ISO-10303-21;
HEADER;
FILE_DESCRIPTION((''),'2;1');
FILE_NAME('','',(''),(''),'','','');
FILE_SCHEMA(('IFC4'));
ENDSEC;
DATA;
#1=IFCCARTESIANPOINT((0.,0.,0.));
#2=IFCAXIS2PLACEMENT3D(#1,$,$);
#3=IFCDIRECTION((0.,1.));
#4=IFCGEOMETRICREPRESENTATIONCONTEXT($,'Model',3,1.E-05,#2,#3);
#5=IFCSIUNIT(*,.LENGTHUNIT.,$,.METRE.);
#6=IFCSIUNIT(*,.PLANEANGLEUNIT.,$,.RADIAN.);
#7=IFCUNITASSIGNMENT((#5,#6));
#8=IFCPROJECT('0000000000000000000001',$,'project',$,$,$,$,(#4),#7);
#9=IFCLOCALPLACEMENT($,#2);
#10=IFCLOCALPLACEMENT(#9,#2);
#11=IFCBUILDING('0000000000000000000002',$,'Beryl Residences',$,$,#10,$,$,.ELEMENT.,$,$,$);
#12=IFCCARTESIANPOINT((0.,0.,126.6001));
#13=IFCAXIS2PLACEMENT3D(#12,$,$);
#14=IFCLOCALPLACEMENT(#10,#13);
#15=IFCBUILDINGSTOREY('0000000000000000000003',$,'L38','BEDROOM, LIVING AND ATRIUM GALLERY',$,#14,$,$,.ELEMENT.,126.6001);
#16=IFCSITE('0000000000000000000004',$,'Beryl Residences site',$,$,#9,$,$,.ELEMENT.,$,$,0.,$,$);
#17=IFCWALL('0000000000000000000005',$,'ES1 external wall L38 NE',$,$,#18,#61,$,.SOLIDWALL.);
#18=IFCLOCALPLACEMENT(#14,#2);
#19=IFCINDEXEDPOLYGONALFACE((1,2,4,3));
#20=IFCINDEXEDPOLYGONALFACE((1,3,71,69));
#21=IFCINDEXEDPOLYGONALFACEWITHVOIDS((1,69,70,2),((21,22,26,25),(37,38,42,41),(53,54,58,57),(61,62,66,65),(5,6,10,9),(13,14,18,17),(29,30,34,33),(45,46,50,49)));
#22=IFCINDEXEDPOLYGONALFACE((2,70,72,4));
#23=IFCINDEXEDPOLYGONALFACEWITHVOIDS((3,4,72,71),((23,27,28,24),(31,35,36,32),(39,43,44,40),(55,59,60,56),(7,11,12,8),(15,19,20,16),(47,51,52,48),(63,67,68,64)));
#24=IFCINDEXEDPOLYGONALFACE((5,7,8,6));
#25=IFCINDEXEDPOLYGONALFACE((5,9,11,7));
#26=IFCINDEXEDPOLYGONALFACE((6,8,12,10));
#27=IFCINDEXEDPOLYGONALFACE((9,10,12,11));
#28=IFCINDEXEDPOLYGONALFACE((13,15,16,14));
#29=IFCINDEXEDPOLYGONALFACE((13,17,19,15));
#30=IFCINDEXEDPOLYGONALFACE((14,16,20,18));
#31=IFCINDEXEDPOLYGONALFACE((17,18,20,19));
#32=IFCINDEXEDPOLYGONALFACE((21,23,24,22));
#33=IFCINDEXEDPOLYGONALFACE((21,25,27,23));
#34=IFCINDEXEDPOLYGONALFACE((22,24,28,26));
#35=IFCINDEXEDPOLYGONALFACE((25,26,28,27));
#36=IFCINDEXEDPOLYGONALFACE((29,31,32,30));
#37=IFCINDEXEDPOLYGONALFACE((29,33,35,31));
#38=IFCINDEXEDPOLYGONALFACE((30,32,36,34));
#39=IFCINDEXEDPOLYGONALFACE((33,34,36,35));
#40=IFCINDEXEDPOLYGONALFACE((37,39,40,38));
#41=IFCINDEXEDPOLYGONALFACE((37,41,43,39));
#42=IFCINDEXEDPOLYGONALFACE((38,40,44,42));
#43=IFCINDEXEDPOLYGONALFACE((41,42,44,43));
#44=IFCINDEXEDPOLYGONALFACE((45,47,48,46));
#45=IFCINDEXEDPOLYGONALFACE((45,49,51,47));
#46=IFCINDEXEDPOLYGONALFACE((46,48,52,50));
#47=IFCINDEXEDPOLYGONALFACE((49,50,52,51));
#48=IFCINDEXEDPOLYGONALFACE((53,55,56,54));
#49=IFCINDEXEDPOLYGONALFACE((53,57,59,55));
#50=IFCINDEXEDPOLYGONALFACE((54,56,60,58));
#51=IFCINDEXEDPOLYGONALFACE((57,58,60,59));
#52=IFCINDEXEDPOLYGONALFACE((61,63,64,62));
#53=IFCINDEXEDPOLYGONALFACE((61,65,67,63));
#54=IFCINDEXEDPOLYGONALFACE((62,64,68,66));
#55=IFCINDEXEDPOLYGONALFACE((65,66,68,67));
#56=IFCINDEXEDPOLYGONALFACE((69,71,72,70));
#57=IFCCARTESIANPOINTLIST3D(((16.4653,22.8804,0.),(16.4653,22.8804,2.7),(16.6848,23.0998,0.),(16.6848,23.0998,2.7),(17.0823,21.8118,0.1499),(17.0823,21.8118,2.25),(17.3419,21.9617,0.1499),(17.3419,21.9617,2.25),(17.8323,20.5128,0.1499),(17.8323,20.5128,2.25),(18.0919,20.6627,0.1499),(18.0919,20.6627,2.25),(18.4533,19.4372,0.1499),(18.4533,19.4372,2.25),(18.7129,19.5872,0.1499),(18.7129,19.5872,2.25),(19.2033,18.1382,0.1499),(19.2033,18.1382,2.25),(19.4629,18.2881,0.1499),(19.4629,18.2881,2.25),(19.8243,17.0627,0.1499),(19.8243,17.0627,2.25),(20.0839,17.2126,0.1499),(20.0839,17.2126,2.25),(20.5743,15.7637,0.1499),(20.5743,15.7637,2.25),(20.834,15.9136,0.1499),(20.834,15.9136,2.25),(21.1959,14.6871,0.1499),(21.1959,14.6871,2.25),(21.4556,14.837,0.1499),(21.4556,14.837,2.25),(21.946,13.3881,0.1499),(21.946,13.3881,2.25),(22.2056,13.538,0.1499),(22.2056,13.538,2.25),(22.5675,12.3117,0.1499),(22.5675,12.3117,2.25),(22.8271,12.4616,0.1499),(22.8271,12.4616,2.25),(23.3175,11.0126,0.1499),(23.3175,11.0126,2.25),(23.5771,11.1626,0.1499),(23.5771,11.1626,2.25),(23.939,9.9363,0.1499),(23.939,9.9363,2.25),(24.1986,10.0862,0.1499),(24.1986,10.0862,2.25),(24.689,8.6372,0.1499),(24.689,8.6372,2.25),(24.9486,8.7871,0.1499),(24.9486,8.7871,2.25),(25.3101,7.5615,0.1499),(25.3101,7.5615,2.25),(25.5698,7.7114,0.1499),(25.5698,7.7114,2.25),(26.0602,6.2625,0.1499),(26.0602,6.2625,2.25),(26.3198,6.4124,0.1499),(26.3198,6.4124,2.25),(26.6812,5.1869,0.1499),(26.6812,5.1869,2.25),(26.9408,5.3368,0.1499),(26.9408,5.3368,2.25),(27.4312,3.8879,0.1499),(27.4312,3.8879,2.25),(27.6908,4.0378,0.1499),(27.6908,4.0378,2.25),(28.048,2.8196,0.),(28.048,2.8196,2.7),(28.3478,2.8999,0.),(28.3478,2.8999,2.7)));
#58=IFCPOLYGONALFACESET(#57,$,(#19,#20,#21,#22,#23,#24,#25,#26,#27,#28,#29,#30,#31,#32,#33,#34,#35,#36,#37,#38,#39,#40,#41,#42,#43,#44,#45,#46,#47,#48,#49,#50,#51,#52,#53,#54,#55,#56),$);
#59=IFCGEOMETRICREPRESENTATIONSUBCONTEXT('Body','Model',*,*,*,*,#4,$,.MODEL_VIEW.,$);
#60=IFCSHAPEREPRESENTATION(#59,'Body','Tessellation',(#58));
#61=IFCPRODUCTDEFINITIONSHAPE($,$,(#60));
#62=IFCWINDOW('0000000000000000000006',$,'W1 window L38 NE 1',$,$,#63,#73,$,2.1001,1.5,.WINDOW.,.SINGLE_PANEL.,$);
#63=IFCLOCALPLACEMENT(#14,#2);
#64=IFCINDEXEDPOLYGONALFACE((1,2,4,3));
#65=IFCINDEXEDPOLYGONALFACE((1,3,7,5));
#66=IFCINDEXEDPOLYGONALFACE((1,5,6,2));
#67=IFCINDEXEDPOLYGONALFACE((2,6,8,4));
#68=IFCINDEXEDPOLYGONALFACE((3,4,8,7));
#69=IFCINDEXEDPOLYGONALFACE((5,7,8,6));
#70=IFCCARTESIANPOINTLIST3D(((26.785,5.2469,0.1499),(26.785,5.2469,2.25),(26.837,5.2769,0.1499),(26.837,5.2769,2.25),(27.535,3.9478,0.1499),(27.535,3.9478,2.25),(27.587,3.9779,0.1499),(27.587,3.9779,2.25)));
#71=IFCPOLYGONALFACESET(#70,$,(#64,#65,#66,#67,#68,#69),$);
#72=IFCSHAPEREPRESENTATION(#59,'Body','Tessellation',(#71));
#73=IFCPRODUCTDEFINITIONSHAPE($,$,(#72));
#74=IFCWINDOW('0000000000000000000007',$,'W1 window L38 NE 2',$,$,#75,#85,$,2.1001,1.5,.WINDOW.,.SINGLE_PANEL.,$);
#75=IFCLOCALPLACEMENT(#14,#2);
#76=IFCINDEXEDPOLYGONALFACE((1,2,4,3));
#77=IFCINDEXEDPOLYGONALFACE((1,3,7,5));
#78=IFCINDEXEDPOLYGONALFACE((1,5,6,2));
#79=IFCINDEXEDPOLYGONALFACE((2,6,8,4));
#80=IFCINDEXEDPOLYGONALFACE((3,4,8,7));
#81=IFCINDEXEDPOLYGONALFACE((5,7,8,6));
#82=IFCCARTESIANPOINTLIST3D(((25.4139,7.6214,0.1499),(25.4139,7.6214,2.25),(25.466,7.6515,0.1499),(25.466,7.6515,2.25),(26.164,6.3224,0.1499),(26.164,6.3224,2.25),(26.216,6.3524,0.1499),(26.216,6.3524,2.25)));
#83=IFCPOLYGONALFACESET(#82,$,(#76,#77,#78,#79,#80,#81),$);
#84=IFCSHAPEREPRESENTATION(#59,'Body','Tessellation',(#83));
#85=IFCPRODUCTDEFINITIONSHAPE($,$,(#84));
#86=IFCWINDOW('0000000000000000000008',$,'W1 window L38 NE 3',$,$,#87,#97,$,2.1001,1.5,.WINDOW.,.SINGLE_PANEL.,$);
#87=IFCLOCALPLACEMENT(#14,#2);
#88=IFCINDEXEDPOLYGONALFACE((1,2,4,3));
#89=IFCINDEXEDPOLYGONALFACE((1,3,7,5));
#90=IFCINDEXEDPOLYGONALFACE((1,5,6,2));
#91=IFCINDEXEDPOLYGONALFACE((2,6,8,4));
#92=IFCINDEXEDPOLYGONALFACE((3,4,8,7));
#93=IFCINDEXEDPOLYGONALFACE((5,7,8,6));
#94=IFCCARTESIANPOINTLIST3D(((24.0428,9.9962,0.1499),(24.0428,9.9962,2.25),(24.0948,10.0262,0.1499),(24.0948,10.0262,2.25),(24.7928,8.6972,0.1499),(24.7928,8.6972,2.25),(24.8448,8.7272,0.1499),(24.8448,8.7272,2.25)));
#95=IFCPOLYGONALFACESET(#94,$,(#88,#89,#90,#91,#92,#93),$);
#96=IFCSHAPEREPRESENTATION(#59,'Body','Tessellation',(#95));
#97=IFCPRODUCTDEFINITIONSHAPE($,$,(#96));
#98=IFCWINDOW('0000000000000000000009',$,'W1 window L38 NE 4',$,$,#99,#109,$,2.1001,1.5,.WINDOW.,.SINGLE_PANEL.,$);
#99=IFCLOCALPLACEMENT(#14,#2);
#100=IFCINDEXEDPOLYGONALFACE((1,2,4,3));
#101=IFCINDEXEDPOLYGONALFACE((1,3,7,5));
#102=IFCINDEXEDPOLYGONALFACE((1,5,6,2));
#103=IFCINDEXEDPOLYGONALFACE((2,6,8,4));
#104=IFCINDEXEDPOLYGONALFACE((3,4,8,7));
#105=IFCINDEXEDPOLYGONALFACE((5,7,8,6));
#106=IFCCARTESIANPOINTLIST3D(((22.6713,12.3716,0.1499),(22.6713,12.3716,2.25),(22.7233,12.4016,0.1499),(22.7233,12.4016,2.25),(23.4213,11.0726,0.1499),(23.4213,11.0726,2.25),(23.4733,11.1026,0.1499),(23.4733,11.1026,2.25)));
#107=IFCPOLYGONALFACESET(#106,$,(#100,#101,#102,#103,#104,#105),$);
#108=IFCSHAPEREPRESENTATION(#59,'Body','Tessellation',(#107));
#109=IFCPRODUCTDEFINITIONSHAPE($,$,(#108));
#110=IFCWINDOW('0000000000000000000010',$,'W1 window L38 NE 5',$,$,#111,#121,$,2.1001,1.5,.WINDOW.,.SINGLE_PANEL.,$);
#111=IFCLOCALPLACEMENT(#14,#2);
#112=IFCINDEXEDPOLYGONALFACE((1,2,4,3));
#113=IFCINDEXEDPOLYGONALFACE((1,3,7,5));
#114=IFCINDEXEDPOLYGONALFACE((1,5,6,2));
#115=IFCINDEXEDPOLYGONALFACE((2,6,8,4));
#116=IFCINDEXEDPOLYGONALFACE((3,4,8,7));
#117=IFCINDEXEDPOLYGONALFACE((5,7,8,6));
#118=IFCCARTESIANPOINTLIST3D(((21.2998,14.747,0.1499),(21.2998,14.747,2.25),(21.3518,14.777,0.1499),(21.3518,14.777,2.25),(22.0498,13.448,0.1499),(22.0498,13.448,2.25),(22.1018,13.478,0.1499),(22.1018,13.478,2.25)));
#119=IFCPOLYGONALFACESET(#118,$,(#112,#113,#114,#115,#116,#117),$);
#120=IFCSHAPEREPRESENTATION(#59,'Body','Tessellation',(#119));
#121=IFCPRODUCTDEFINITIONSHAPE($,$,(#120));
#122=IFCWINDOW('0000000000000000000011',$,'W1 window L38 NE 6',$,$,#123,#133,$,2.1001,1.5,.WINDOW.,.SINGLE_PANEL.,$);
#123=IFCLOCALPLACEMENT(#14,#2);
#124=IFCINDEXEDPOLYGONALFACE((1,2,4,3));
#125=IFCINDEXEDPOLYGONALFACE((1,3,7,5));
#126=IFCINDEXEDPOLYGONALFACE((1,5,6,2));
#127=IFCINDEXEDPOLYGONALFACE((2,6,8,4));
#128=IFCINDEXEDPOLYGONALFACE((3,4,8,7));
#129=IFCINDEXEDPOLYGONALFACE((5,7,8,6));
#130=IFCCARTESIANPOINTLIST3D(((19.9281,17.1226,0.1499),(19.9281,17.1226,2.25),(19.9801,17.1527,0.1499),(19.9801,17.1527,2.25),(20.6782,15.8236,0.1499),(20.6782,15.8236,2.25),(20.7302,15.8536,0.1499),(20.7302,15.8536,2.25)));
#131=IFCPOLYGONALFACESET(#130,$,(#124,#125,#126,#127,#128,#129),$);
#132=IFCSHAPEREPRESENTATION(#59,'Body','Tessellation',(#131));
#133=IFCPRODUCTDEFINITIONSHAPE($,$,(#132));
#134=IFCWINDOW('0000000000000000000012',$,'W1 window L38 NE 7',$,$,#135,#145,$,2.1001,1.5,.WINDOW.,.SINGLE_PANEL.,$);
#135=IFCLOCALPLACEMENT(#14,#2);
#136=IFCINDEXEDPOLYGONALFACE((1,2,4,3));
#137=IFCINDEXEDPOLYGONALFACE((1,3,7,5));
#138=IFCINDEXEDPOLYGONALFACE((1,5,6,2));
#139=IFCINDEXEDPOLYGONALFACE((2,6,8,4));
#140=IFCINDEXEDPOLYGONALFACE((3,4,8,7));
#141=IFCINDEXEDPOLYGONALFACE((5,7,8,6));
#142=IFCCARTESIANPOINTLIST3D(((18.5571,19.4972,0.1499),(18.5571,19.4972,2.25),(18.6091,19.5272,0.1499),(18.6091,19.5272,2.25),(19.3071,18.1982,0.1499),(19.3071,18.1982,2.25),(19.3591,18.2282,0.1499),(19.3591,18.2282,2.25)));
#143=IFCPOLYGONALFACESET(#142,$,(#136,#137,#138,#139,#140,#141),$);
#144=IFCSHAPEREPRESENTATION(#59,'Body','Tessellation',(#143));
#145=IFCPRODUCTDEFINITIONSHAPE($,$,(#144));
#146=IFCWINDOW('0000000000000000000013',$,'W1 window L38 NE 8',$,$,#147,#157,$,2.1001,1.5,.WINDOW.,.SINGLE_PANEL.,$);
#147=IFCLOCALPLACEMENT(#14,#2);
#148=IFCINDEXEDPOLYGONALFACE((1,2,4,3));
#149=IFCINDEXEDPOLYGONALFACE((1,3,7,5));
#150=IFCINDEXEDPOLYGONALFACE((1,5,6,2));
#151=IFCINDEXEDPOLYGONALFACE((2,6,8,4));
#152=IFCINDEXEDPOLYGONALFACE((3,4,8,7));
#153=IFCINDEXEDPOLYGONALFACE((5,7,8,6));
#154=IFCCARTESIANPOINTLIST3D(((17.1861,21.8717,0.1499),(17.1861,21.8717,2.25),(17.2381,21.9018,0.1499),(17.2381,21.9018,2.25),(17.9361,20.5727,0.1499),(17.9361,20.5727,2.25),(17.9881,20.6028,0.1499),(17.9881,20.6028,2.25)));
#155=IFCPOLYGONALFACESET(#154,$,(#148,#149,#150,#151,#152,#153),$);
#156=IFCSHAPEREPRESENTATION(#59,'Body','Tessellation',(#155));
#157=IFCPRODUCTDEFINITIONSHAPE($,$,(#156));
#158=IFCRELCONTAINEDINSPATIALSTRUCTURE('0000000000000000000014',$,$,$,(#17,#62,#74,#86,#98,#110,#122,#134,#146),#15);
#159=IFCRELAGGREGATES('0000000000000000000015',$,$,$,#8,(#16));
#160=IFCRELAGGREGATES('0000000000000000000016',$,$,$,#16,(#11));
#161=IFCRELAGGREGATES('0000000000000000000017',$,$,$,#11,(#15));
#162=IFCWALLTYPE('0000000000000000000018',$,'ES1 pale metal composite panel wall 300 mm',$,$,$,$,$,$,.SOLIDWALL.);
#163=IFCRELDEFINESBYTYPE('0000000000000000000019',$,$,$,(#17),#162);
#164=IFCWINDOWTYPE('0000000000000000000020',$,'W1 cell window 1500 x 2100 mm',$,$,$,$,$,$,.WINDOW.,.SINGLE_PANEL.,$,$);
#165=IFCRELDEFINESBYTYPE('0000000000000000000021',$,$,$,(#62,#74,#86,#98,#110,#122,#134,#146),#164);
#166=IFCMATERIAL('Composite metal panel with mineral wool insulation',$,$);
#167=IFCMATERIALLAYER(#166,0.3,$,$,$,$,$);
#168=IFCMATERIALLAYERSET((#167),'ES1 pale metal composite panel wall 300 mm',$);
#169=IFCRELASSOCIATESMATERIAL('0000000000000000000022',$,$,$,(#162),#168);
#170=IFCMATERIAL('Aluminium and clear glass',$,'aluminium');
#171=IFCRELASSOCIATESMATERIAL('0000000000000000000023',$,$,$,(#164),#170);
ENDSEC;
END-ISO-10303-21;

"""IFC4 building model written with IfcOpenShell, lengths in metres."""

from ifc_helpers import new_model, si_unit, direction, frame, frame_2d, origin, place, context, subcontext, project, spatial, polyline, rectangle, outline, extrude, material, layer, layer_set, type_object, element, fill, save


model = new_model("IFC4")

# Units and contexts
model_context = context("Model", 3, precision=1e-05, world=origin(), true_north=direction((0.0, 1.0)))
body_context = subcontext(model_context, "Body", "Model", "MODEL_VIEW")
ifc_project = project(units=[si_unit("LENGTHUNIT", "METRE"), si_unit("PLANEANGLEUNIT", "RADIAN")], contexts=[model_context])

# Site, building, storey
site_placement = place(None, origin())
site = spatial("IfcSite", under=ifc_project, at=site_placement, Name="Beryl Residences site", CompositionType="ELEMENT", RefElevation=0.0)
building_placement = place(site_placement, origin())
building = spatial("IfcBuilding", under=site, at=building_placement, Name="Beryl Residences", CompositionType="ELEMENT")
storey_placement = place(building_placement, frame((0.0, 0.0, 126.6001)))
storey = spatial("IfcBuildingStorey", under=building, at=storey_placement, Name="L38", Description="BEDROOM, LIVING AND ATRIUM GALLERY", CompositionType="ELEMENT", Elevation=126.6001)

# Wall, openings, windows
ifc_material_1 = material(Name="Composite metal panel with mineral wool insulation")
ifc_layer = layer(ifc_material_1, 0.3)
ifc_layer_set = layer_set([ifc_layer], Name="ES1 pale metal composite panel wall 300 mm")
wall_type = type_object("IfcWallType", Name="ES1 pale metal composite panel wall 300 mm", PredefinedType="SOLIDWALL", material=ifc_layer_set)
wall_placement = place(storey_placement, frame((28.218, 2.825, 0.0), z_axis=(0.0, 0.0, 1.0), x_axis=(-0.500021, 0.866014, 0.0)))
wall = element("IfcWall", 1, at=wall_placement, inside=storey, type_object=wall_type, Name="ES1 external wall L38 NE", PredefinedType="SOLIDWALL", context=body_context, shape_type="SweptSolid", body=[
    extrude(outline(polyline([(0.0, -0.1499), (23.3252, -0.1499), (23.2449, 0.1499), (0.0803, 0.1499), (0.0, -0.1499)])), origin(), (0.0, 0.0, 1.0), 2.7),
])
opening_1_placement = place(wall_placement, frame((1.314, 0.0, 0.1499)))
opening_1 = element("IfcOpeningElement", 2, at=opening_1_placement, cuts=wall, PredefinedType="OPENING", context=body_context, shape_type="SweptSolid", body=[
    extrude(rectangle(XDim=1.5, YDim=2.1001, at=frame_2d((0.75, 1.05))), frame((0.0, 0.1599, 0.0), z_axis=(0.0, -1.0, 0.0), x_axis=(1.0, 0.0, 0.0)), (0.0, 0.0, 1.0), 0.3201),
])
opening_2_placement = place(wall_placement, frame((4.0559, 0.0, 0.1499)))
opening_2 = element("IfcOpeningElement", 3, at=opening_2_placement, cuts=wall, PredefinedType="OPENING", context=body_context, shape_type="SweptSolid", body=[
    extrude(rectangle(XDim=1.5, YDim=2.1001, at=frame_2d((0.75, 1.05))), frame((0.0, 0.1599, 0.0), z_axis=(0.0, -1.0, 0.0), x_axis=(1.0, 0.0, 0.0)), (0.0, 0.0, 1.0), 0.3201),
])
opening_3_placement = place(wall_placement, frame((6.7981, 0.0, 0.1499)))
opening_3 = element("IfcOpeningElement", 4, at=opening_3_placement, cuts=wall, PredefinedType="OPENING", context=body_context, shape_type="SweptSolid", body=[
    extrude(rectangle(XDim=1.5, YDim=2.1001, at=frame_2d((0.75, 1.05))), frame((0.0, 0.1599, 0.0), z_axis=(0.0, -1.0, 0.0), x_axis=(1.0, 0.0, 0.0)), (0.0, 0.0, 1.0), 0.3201),
])
opening_4_placement = place(wall_placement, frame((9.541, 0.0, 0.1499)))
opening_4 = element("IfcOpeningElement", 5, at=opening_4_placement, cuts=wall, PredefinedType="OPENING", context=body_context, shape_type="SweptSolid", body=[
    extrude(rectangle(XDim=1.5, YDim=2.1001, at=frame_2d((0.75, 1.05))), frame((0.0, 0.1599, 0.0), z_axis=(0.0, -1.0, 0.0), x_axis=(1.0, 0.0, 0.0)), (0.0, 0.0, 1.0), 0.3201),
])
opening_5_placement = place(wall_placement, frame((12.2839, 0.0, 0.1499)))
opening_5 = element("IfcOpeningElement", 6, at=opening_5_placement, cuts=wall, PredefinedType="OPENING", context=body_context, shape_type="SweptSolid", body=[
    extrude(rectangle(XDim=1.5, YDim=2.1001, at=frame_2d((0.75, 1.05))), frame((0.0, 0.1599, 0.0), z_axis=(0.0, -1.0, 0.0), x_axis=(1.0, 0.0, 0.0)), (0.0, 0.0, 1.0), 0.3201),
])
opening_6_placement = place(wall_placement, frame((15.0271, 0.0, 0.1499)))
opening_6 = element("IfcOpeningElement", 7, at=opening_6_placement, cuts=wall, PredefinedType="OPENING", context=body_context, shape_type="SweptSolid", body=[
    extrude(rectangle(XDim=1.5, YDim=2.1001, at=frame_2d((0.75, 1.05))), frame((0.0, 0.1599, 0.0), z_axis=(0.0, -1.0, 0.0), x_axis=(1.0, 0.0, 0.0)), (0.0, 0.0, 1.0), 0.3201),
])
opening_7_placement = place(wall_placement, frame((17.769, 0.0, 0.1499)))
opening_7 = element("IfcOpeningElement", 8, at=opening_7_placement, cuts=wall, PredefinedType="OPENING", context=body_context, shape_type="SweptSolid", body=[
    extrude(rectangle(XDim=1.5, YDim=2.1001, at=frame_2d((0.75, 1.05))), frame((0.0, 0.1599, 0.0), z_axis=(0.0, -1.0, 0.0), x_axis=(1.0, 0.0, 0.0)), (0.0, 0.0, 1.0), 0.3201),
])
opening_8_placement = place(wall_placement, frame((20.511, 0.0, 0.1499)))
opening_8 = element("IfcOpeningElement", 9, at=opening_8_placement, cuts=wall, PredefinedType="OPENING", context=body_context, shape_type="SweptSolid", body=[
    extrude(rectangle(XDim=1.5, YDim=2.1001, at=frame_2d((0.75, 1.05))), frame((0.0, 0.1599, 0.0), z_axis=(0.0, -1.0, 0.0), x_axis=(1.0, 0.0, 0.0)), (0.0, 0.0, 1.0), 0.3201),
])
ifc_material_2 = material(Name="Aluminium and clear glass", Category="aluminium")
window_type = type_object("IfcWindowType", Name="W1 cell window 1500 x 2100 mm", PartitioningType="SINGLE_PANEL", PredefinedType="WINDOW", material=ifc_material_2)
window_1_placement = place(opening_1_placement, origin())
window_1 = element("IfcWindow", 10, at=window_1_placement, inside=storey, type_object=window_type, Name="W1 window L38 NE 1", OverallHeight=2.1001, OverallWidth=1.5, PartitioningType="SINGLE_PANEL", PredefinedType="WINDOW", context=body_context, shape_type="SweptSolid", body=[
    extrude(rectangle(XDim=1.5, YDim=2.1001, at=frame_2d((0.75, 1.05))), frame((0.0, 0.03, 0.0), z_axis=(0.0, -1.0, 0.0), x_axis=(1.0, 0.0, 0.0)), (0.0, 0.0, 1.0), 0.0601),
])
fill(opening_1, window_1)
window_2_placement = place(opening_2_placement, origin())
window_2 = element("IfcWindow", 11, at=window_2_placement, inside=storey, type_object=window_type, Name="W1 window L38 NE 2", OverallHeight=2.1001, OverallWidth=1.5, PartitioningType="SINGLE_PANEL", PredefinedType="WINDOW", context=body_context, shape_type="SweptSolid", body=[
    extrude(rectangle(XDim=1.5, YDim=2.1001, at=frame_2d((0.75, 1.05))), frame((0.0, 0.03, 0.0), z_axis=(0.0, -1.0, 0.0), x_axis=(1.0, 0.0, 0.0)), (0.0, 0.0, 1.0), 0.0601),
])
fill(opening_2, window_2)
window_3_placement = place(opening_3_placement, origin())
window_3 = element("IfcWindow", 12, at=window_3_placement, inside=storey, type_object=window_type, Name="W1 window L38 NE 3", OverallHeight=2.1001, OverallWidth=1.5, PartitioningType="SINGLE_PANEL", PredefinedType="WINDOW", context=body_context, shape_type="SweptSolid", body=[
    extrude(rectangle(XDim=1.5, YDim=2.1001, at=frame_2d((0.75, 1.05))), frame((0.0, 0.03, 0.0), z_axis=(0.0, -1.0, 0.0), x_axis=(1.0, 0.0, 0.0)), (0.0, 0.0, 1.0), 0.0601),
])
fill(opening_3, window_3)
window_4_placement = place(opening_4_placement, origin())
window_4 = element("IfcWindow", 13, at=window_4_placement, inside=storey, type_object=window_type, Name="W1 window L38 NE 4", OverallHeight=2.1001, OverallWidth=1.5, PartitioningType="SINGLE_PANEL", PredefinedType="WINDOW", context=body_context, shape_type="SweptSolid", body=[
    extrude(rectangle(XDim=1.5, YDim=2.1001, at=frame_2d((0.75, 1.05))), frame((0.0, 0.03, 0.0), z_axis=(0.0, -1.0, 0.0), x_axis=(1.0, 0.0, 0.0)), (0.0, 0.0, 1.0), 0.0601),
])
fill(opening_4, window_4)
window_5_placement = place(opening_5_placement, origin())
window_5 = element("IfcWindow", 14, at=window_5_placement, inside=storey, type_object=window_type, Name="W1 window L38 NE 5", OverallHeight=2.1001, OverallWidth=1.5, PartitioningType="SINGLE_PANEL", PredefinedType="WINDOW", context=body_context, shape_type="SweptSolid", body=[
    extrude(rectangle(XDim=1.5, YDim=2.1001, at=frame_2d((0.75, 1.05))), frame((0.0, 0.03, 0.0), z_axis=(0.0, -1.0, 0.0), x_axis=(1.0, 0.0, 0.0)), (0.0, 0.0, 1.0), 0.0601),
])
fill(opening_5, window_5)
window_6_placement = place(opening_6_placement, origin())
window_6 = element("IfcWindow", 15, at=window_6_placement, inside=storey, type_object=window_type, Name="W1 window L38 NE 6", OverallHeight=2.1001, OverallWidth=1.5, PartitioningType="SINGLE_PANEL", PredefinedType="WINDOW", context=body_context, shape_type="SweptSolid", body=[
    extrude(rectangle(XDim=1.5, YDim=2.1001, at=frame_2d((0.75, 1.05))), frame((0.0, 0.03, 0.0), z_axis=(0.0, -1.0, 0.0), x_axis=(1.0, 0.0, 0.0)), (0.0, 0.0, 1.0), 0.0601),
])
fill(opening_6, window_6)
window_7_placement = place(opening_7_placement, origin())
window_7 = element("IfcWindow", 16, at=window_7_placement, inside=storey, type_object=window_type, Name="W1 window L38 NE 7", OverallHeight=2.1001, OverallWidth=1.5, PartitioningType="SINGLE_PANEL", PredefinedType="WINDOW", context=body_context, shape_type="SweptSolid", body=[
    extrude(rectangle(XDim=1.5, YDim=2.1001, at=frame_2d((0.75, 1.05))), frame((0.0, 0.03, 0.0), z_axis=(0.0, -1.0, 0.0), x_axis=(1.0, 0.0, 0.0)), (0.0, 0.0, 1.0), 0.0601),
])
fill(opening_7, window_7)
window_8_placement = place(opening_8_placement, origin())
window_8 = element("IfcWindow", 17, at=window_8_placement, inside=storey, type_object=window_type, Name="W1 window L38 NE 8", OverallHeight=2.1001, OverallWidth=1.5, PartitioningType="SINGLE_PANEL", PredefinedType="WINDOW", context=body_context, shape_type="SweptSolid", body=[
    extrude(rectangle(XDim=1.5, YDim=2.1001, at=frame_2d((0.75, 1.05))), frame((0.0, 0.03, 0.0), z_axis=(0.0, -1.0, 0.0), x_axis=(1.0, 0.0, 0.0)), (0.0, 0.0, 1.0), 0.0601),
])
fill(opening_8, window_8)

save(model, "model.ifc")
